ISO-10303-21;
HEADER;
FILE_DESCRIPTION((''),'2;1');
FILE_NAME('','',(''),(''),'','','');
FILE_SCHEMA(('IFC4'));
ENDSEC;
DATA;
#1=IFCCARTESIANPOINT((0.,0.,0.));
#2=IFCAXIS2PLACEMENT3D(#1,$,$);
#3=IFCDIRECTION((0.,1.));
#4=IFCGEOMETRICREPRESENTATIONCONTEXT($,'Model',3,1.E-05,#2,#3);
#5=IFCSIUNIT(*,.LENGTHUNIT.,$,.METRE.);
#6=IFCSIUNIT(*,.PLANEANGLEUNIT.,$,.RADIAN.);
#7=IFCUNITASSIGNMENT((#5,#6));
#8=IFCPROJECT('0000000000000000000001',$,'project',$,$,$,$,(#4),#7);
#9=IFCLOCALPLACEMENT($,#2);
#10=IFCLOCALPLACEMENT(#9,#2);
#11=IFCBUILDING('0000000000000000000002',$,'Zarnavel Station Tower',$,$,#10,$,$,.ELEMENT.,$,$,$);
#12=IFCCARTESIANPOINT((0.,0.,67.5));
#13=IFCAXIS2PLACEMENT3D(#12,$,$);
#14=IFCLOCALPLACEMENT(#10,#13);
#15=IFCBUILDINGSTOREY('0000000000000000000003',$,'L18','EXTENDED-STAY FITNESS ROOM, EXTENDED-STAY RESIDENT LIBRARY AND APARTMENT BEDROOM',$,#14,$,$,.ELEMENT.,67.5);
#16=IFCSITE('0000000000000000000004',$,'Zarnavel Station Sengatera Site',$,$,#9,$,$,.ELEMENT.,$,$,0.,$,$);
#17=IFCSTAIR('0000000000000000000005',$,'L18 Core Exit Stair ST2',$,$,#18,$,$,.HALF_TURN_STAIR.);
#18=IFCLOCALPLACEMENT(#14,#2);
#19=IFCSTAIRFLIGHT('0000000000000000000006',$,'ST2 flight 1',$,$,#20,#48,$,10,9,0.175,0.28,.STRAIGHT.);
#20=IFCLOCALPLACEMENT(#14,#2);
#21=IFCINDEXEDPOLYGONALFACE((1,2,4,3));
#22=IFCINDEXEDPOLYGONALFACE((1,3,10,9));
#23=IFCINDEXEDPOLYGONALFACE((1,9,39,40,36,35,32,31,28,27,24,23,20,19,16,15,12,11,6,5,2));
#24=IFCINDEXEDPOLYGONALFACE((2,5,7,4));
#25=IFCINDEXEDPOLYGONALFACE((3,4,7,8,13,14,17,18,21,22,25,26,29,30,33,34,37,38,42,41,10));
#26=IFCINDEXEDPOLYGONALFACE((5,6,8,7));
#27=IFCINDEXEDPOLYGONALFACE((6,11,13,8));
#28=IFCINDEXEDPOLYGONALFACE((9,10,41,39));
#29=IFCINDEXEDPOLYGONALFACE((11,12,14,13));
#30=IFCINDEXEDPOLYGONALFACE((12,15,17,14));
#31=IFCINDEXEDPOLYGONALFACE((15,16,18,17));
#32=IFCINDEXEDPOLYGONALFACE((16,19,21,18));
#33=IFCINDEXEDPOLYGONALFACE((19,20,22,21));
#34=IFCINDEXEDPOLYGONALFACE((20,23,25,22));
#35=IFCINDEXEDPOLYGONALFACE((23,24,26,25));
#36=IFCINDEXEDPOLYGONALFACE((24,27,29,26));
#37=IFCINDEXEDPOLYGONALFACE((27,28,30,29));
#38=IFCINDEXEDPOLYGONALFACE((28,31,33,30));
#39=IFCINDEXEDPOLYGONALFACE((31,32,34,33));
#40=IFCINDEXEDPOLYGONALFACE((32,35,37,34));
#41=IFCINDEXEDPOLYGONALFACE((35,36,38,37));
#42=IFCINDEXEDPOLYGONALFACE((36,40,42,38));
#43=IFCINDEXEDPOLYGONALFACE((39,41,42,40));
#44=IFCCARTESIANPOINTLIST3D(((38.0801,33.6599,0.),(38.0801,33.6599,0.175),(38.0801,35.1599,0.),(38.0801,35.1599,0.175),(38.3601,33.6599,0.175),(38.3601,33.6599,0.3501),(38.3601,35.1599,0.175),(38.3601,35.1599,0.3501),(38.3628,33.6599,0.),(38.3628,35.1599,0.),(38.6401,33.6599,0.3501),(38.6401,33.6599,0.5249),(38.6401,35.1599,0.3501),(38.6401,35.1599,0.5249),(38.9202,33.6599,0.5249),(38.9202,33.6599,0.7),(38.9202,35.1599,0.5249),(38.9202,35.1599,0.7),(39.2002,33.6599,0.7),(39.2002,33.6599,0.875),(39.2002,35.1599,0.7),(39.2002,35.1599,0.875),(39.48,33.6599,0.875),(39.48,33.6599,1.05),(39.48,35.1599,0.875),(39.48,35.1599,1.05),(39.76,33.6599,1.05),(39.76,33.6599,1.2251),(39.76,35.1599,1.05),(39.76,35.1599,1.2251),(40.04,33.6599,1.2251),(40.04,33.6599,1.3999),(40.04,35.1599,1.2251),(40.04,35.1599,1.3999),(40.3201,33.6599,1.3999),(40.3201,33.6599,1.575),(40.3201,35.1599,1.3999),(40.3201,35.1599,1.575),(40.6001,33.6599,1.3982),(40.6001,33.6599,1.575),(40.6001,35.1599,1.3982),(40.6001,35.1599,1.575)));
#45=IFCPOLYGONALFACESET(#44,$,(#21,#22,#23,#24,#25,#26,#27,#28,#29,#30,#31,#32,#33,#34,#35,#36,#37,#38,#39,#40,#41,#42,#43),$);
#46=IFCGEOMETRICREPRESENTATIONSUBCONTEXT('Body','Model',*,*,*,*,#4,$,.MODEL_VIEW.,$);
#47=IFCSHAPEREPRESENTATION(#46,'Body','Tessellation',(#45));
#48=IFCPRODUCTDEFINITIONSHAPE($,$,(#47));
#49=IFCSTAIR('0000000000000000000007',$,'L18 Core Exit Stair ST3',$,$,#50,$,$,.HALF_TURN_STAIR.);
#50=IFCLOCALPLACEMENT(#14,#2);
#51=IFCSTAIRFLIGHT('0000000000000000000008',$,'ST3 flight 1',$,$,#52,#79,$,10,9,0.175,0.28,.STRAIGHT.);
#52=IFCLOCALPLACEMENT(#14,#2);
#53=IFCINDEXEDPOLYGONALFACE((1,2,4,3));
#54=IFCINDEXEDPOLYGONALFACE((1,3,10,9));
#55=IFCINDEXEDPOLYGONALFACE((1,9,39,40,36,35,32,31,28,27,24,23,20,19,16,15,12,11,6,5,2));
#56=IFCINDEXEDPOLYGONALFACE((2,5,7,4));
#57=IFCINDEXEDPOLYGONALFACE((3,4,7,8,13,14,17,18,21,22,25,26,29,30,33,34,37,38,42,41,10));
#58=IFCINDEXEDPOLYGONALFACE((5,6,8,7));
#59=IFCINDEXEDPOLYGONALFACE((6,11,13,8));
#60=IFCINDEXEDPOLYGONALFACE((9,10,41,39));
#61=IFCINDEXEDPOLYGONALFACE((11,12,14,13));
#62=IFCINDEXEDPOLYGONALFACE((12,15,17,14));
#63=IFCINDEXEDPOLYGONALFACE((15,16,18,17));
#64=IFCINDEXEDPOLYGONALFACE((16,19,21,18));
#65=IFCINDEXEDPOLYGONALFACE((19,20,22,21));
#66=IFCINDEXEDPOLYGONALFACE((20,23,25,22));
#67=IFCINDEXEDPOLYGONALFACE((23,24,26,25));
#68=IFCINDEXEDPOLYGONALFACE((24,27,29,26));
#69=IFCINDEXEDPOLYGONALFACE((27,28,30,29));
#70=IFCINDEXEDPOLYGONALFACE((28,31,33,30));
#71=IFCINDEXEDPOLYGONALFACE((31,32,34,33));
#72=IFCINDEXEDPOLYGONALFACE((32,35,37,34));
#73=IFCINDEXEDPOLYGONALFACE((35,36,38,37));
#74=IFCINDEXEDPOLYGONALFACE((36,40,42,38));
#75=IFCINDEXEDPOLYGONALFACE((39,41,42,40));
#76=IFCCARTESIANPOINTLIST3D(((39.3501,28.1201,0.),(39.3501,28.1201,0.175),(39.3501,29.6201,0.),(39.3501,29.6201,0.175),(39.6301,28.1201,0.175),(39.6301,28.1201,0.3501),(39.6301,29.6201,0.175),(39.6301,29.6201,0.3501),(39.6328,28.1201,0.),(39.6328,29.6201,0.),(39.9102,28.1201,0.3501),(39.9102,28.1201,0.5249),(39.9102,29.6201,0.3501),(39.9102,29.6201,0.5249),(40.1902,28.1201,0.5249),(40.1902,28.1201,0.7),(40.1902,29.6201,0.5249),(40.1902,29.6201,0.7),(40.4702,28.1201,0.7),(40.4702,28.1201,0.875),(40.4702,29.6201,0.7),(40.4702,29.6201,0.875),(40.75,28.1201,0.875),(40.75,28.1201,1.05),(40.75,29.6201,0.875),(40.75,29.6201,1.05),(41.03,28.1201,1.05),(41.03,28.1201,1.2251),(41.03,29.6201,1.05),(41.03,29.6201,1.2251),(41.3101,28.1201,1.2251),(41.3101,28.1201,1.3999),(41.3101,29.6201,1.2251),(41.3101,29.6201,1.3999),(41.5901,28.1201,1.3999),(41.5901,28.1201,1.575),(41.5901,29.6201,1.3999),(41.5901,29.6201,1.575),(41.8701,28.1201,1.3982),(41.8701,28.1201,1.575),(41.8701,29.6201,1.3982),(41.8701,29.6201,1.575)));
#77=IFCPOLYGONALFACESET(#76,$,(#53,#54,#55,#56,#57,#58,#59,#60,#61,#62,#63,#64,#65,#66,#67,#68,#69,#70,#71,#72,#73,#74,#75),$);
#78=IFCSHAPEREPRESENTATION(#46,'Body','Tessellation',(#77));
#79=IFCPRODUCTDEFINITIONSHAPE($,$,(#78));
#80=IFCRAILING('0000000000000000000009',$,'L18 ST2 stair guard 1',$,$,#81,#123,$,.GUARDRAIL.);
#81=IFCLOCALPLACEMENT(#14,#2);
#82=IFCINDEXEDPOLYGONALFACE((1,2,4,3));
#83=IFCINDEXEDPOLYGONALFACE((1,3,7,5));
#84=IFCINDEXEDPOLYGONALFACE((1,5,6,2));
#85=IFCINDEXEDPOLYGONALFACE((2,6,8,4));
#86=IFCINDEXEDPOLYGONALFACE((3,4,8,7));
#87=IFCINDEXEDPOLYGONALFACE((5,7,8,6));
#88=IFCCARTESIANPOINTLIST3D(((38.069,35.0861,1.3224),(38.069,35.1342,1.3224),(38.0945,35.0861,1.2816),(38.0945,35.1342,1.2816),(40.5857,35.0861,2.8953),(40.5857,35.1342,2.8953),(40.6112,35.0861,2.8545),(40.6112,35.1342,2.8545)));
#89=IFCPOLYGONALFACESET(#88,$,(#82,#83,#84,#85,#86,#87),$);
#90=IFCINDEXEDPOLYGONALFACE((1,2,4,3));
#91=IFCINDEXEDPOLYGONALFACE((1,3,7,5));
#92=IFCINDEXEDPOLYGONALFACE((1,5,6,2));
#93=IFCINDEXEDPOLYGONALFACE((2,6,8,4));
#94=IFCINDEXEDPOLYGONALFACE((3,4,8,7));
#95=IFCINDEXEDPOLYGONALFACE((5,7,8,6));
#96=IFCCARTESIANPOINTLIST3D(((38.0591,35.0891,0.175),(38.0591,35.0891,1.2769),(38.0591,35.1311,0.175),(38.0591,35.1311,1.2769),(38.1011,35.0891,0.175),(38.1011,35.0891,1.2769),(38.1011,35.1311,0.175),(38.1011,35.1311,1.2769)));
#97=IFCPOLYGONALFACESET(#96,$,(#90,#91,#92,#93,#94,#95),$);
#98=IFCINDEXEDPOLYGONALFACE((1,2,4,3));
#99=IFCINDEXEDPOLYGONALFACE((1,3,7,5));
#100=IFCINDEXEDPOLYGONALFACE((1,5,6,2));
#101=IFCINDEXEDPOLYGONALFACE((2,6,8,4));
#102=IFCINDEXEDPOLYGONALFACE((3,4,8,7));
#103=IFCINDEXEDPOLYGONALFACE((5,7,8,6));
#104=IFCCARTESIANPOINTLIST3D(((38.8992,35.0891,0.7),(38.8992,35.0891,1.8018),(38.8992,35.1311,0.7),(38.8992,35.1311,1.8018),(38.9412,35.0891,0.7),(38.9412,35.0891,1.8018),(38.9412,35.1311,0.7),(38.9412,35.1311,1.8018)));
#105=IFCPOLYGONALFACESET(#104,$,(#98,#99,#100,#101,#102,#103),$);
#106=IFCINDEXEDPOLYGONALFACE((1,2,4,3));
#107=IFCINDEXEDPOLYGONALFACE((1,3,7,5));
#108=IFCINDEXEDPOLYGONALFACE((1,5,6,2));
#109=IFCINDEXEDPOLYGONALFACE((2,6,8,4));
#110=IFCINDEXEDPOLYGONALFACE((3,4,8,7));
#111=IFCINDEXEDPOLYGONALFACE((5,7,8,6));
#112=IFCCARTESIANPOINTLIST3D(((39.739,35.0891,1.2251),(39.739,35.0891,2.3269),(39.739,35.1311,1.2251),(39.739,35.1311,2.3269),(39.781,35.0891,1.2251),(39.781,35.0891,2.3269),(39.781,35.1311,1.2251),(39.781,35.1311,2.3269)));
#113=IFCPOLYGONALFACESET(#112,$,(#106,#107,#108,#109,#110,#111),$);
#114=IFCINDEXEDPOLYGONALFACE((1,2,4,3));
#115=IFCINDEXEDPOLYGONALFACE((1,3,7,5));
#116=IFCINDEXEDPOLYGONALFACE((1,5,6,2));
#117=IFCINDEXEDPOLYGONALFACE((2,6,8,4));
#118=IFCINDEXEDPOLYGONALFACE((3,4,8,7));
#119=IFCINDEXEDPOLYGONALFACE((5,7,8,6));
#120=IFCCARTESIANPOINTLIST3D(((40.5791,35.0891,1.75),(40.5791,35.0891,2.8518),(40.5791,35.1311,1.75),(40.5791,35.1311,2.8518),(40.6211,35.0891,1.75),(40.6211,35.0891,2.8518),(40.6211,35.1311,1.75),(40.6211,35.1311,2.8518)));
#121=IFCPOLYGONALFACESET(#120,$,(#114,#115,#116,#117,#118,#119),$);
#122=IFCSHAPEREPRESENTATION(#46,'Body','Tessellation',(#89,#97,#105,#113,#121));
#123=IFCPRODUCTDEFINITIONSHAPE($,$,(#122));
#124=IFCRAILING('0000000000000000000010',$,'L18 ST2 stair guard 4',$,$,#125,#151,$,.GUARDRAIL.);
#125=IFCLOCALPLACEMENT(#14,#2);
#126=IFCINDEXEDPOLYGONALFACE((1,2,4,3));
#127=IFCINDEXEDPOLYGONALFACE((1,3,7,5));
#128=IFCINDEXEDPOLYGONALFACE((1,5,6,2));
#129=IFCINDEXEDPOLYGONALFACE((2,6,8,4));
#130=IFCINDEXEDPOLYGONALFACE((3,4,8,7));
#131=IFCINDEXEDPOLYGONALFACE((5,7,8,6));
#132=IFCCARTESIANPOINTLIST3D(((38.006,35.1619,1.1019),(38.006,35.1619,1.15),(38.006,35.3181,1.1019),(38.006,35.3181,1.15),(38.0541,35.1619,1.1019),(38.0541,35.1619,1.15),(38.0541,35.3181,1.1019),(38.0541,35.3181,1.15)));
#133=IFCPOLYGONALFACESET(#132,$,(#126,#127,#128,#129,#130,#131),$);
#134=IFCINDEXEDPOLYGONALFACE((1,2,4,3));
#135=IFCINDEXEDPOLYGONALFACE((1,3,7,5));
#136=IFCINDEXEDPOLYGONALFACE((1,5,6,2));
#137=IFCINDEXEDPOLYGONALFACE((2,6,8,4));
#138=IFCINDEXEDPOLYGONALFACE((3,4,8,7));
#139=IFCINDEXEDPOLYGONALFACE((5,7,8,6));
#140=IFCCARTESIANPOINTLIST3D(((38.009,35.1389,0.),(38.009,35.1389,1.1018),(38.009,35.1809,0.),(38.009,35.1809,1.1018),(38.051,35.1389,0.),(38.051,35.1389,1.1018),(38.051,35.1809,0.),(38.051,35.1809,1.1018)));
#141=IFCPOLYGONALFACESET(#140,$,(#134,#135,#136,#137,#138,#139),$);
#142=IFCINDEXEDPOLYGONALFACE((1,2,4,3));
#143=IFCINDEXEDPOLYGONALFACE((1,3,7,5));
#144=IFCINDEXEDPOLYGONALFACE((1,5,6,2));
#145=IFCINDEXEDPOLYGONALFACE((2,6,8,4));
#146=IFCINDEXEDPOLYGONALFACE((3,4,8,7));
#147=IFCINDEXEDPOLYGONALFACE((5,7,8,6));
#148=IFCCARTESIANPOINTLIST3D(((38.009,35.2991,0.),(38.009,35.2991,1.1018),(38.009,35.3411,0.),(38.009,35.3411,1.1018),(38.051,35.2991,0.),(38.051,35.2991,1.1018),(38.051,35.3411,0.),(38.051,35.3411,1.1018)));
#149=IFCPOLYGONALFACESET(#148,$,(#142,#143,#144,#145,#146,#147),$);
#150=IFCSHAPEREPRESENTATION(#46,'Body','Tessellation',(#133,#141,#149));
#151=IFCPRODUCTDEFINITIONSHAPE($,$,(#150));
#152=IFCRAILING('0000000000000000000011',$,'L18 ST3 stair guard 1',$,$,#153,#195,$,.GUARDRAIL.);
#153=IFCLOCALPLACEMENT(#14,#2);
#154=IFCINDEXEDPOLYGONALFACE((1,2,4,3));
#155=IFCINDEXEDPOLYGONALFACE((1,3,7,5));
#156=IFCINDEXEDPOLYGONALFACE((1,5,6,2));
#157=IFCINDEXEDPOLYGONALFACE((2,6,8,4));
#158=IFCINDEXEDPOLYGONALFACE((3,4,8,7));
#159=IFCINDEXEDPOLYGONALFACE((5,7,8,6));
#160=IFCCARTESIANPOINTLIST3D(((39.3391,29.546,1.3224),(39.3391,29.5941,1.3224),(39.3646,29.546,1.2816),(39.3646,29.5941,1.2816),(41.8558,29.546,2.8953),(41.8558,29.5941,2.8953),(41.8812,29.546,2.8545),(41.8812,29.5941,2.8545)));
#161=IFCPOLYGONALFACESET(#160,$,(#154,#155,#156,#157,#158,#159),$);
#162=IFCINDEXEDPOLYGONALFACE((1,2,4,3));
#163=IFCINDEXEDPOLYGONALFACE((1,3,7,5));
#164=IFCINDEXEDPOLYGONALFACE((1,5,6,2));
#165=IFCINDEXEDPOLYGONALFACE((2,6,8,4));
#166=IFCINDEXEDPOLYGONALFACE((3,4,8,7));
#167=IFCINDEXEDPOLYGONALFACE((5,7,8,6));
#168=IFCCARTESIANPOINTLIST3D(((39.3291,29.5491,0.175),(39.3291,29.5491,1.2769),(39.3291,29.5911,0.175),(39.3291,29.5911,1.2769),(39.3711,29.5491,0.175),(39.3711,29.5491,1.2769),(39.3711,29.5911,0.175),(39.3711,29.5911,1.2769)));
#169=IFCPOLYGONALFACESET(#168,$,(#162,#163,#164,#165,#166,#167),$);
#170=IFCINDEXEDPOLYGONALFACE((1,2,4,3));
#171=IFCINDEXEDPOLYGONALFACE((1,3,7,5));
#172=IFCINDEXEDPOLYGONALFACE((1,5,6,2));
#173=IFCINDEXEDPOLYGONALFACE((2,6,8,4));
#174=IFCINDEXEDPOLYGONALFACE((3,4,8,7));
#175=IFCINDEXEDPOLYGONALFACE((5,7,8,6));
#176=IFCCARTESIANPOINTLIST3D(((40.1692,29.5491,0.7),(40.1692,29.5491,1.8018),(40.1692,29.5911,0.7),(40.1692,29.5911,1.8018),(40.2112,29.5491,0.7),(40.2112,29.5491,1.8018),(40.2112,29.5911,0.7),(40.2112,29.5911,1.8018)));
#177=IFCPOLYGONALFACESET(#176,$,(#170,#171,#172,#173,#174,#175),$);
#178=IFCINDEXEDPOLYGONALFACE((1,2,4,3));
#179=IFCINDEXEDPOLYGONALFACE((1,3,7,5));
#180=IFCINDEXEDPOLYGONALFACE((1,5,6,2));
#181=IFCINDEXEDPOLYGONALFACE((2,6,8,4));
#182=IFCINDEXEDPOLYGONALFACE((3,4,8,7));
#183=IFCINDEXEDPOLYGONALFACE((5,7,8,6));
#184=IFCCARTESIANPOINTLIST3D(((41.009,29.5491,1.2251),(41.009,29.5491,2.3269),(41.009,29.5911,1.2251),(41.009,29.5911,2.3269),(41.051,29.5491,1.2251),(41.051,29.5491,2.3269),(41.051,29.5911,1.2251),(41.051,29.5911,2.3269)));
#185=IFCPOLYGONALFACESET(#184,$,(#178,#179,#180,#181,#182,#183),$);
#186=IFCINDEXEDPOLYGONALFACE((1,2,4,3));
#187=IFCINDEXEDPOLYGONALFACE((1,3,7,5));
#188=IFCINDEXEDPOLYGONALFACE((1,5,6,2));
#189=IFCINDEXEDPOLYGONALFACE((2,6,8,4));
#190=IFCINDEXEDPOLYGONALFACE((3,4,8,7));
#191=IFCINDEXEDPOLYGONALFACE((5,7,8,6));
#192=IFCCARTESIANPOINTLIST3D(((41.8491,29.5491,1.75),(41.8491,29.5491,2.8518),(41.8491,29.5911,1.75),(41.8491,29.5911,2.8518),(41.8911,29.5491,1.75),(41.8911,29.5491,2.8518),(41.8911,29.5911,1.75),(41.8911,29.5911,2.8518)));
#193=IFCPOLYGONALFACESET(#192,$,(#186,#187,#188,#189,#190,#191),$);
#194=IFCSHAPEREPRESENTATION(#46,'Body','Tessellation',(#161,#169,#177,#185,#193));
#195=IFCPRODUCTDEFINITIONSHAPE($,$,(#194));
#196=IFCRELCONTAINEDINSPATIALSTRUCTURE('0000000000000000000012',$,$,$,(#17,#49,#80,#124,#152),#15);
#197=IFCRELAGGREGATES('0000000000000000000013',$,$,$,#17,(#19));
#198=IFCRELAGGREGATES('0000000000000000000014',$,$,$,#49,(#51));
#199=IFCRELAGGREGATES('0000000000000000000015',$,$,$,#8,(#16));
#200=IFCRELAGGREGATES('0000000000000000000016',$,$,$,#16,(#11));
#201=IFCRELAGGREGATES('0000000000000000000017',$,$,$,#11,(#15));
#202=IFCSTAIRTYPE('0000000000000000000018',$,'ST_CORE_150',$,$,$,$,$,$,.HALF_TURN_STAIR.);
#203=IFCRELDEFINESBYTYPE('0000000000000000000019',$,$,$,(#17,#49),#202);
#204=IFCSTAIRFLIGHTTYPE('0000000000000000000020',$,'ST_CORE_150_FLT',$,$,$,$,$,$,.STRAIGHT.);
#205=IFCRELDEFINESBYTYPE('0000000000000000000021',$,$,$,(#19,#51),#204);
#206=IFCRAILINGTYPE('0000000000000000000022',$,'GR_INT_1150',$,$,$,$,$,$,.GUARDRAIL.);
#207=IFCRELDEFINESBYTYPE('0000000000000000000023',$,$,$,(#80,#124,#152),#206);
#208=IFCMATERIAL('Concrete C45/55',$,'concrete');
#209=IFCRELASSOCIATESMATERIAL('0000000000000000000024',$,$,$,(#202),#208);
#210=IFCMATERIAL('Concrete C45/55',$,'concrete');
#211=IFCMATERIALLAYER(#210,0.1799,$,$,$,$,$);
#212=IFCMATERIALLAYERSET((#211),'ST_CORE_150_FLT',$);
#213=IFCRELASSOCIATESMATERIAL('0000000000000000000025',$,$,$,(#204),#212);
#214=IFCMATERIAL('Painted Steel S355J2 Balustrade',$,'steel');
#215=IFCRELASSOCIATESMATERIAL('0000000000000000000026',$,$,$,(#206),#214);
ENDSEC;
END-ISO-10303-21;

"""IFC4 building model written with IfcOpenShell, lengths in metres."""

from ifc_helpers import new_model, si_unit, direction, frame, origin, origin_2d, place, context, subcontext, project, spatial, polyline, rectangle, outline, extrude, material, layer, layer_set, type_object, element, aggregate, save


model = new_model("IFC4")

# Units and contexts
model_context = context("Model", 3, precision=1e-05, world=origin(), true_north=direction((0.0, 1.0)))
body_context = subcontext(model_context, "Body", "Model", "MODEL_VIEW")
ifc_project = project(units=[si_unit("LENGTHUNIT", "METRE"), si_unit("PLANEANGLEUNIT", "RADIAN")], contexts=[model_context])

# Site, building, storey
site_placement = place(None, origin())
site = spatial("IfcSite", under=ifc_project, at=site_placement, Name="Zarnavel Station Sengatera Site", CompositionType="ELEMENT", RefElevation=0.0)
building_placement = place(site_placement, origin())
building = spatial("IfcBuilding", under=site, at=building_placement, Name="Zarnavel Station Tower", CompositionType="ELEMENT")
storey_placement = place(building_placement, frame((0.0, 0.0, 67.5)))
storey = spatial("IfcBuildingStorey", under=building, at=storey_placement, Name="L18", Description="EXTENDED-STAY FITNESS ROOM, EXTENDED-STAY RESIDENT LIBRARY AND APARTMENT BEDROOM", CompositionType="ELEMENT", Elevation=67.5)

# Stairs, stair flights
ifc_material_1 = material(Name="Concrete C45/55", Category="concrete")
stair_type = type_object("IfcStairType", Name="ST_CORE_150", PredefinedType="HALF_TURN_STAIR", material=ifc_material_1)
stair_1_placement = place(storey_placement, origin())
stair_1 = element("IfcStair", 1, at=stair_1_placement, inside=storey, type_object=stair_type, Name="L18 Core Exit Stair ST2", PredefinedType="HALF_TURN_STAIR")
ifc_material_2 = material(Name="Concrete C45/55", Category="concrete")
ifc_layer_1 = layer(ifc_material_2, 0.1799)
ifc_layer_set_1 = layer_set([ifc_layer_1], Name="ST_CORE_150_FLT")
stair_flight_type = type_object("IfcStairFlightType", Name="ST_CORE_150_FLT", PredefinedType="STRAIGHT", material=ifc_layer_set_1)
stair_flight_1_placement = place(storey_placement, frame((38.0801, 34.4099, 0.0), z_axis=(0.0, 0.0, 1.0), x_axis=(1.0, 0.0, 0.0)))
stair_flight_1 = element("IfcStairFlight", 2, at=stair_flight_1_placement, type_object=stair_flight_type, Name="ST2 flight 1", NumberOfRisers=10, NumberOfTreads=9, PredefinedType="STRAIGHT", RiserHeight=0.175, TreadLength=0.28, context=body_context, shape_type="SweptSolid", body=[
    extrude(outline(polyline([(0.0, 0.0), (0.0, 0.175), (0.28, 0.175), (0.28, 0.3501), (0.5601, 0.3501), (0.5601, 0.5249), (0.8401, 0.5249), (0.8401, 0.7), (1.1201, 0.7), (1.1201, 0.875), (1.3999, 0.875), (1.3999, 1.05), (1.6799, 1.05), (1.6799, 1.2251), (1.96, 1.2251), (1.96, 1.3999), (2.24, 1.3999), (2.24, 1.575), (2.52, 1.575), (2.52, 1.75), (2.52, 1.3982), (0.2827, 0.0), (0.0, 0.0)])), frame((0.0, 0.75, 0.0), z_axis=(0.0, -1.0, 0.0), x_axis=(1.0, 0.0, 0.0)), (0.0, 0.0, 1.0), 1.5),
])
aggregate(stair_1, [stair_flight_1])
stair_2_placement = place(storey_placement, origin())
stair_2 = element("IfcStair", 3, at=stair_2_placement, inside=storey, type_object=stair_type, Name="L18 Core Exit Stair ST3", PredefinedType="HALF_TURN_STAIR")
stair_flight_2_placement = place(storey_placement, frame((39.3501, 28.8701, 0.0), z_axis=(0.0, 0.0, 1.0), x_axis=(1.0, 0.0, 0.0)))
stair_flight_2 = element("IfcStairFlight", 4, at=stair_flight_2_placement, type_object=stair_flight_type, Name="ST3 flight 1", NumberOfRisers=10, NumberOfTreads=9, PredefinedType="STRAIGHT", RiserHeight=0.175, TreadLength=0.28, context=body_context, shape_type="SweptSolid", body=[
    extrude(outline(polyline([(0.0, 0.0), (0.0, 0.175), (0.28, 0.175), (0.28, 0.3501), (0.5601, 0.3501), (0.5601, 0.5249), (0.8401, 0.5249), (0.8401, 0.7), (1.1201, 0.7), (1.1201, 0.875), (1.3999, 0.875), (1.3999, 1.05), (1.6799, 1.05), (1.6799, 1.2251), (1.96, 1.2251), (1.96, 1.3999), (2.24, 1.3999), (2.24, 1.575), (2.52, 1.575), (2.52, 1.75), (2.52, 1.3982), (0.2827, 0.0), (0.0, 0.0)])), frame((0.0, 0.75, 0.0), z_axis=(0.0, -1.0, 0.0), x_axis=(1.0, 0.0, 0.0)), (0.0, 0.0, 1.0), 1.5),
])
aggregate(stair_2, [stair_flight_2])

# Railings
ifc_material_3 = material(Name="Painted Steel S355J2 Balustrade", Category="steel")
railing_type_1 = type_object("IfcRailingType", Name="GR_INT_1150", PredefinedType="GUARDRAIL", material=ifc_material_3)
railing_1_placement = place(storey_placement, frame((38.0801, 35.1101, 0.175)))
element("IfcRailing", 5, at=railing_1_placement, inside=storey, type_object=railing_type_1, Name="L18 ST2 stair guard 1", PredefinedType="GUARDRAIL", context=body_context, shape_type="SweptSolid", body=[
    extrude(rectangle(XDim=0.0481, YDim=0.0481, at=origin_2d()), frame((0.0017, 0.0, 1.127), z_axis=(0.848008, 0.0, 0.529984), x_axis=(0.0, 1.0, 0.0)), (0.0, 0.0, 1.0), 2.9678),
    extrude(rectangle(XDim=0.042, YDim=0.042, at=origin_2d()), origin(), (0.0, 0.0, 1.0), 1.1018),
    extrude(rectangle(XDim=0.042, YDim=0.042, at=origin_2d()), frame((0.8401, 0.0, 0.5249)), (0.0, 0.0, 1.0), 1.1018),
    extrude(rectangle(XDim=0.042, YDim=0.042, at=origin_2d()), frame((1.6799, 0.0, 1.05)), (0.0, 0.0, 1.0), 1.1018),
    extrude(rectangle(XDim=0.042, YDim=0.042, at=origin_2d()), frame((2.52, 0.0, 1.575)), (0.0, 0.0, 1.0), 1.1018),
])
railing_2_placement = place(storey_placement, frame((38.03, 35.1599, 0.0)))
element("IfcRailing", 6, at=railing_2_placement, inside=storey, type_object=railing_type_1, Name="L18 ST2 stair guard 4", PredefinedType="GUARDRAIL", context=body_context, shape_type="SweptSolid", body=[
    extrude(rectangle(XDim=0.0481, YDim=0.0481, at=origin_2d()), frame((0.0, 0.002, 1.126), z_axis=(0.0, 1.0, 0.0), x_axis=(-1.0, 0.0, 0.0)), (0.0, 0.0, 1.0), 0.1562),
    extrude(rectangle(XDim=0.042, YDim=0.042, at=origin_2d()), origin(), (0.0, 0.0, 1.0), 1.1018),
    extrude(rectangle(XDim=0.042, YDim=0.042, at=origin_2d()), frame((0.0, 0.1602, 0.0)), (0.0, 0.0, 1.0), 1.1018),
])
railing_3_placement = place(storey_placement, frame((39.3501, 29.5701, 0.175)))
element("IfcRailing", 7, at=railing_3_placement, inside=storey, type_object=railing_type_1, Name="L18 ST3 stair guard 1", PredefinedType="GUARDRAIL", context=body_context, shape_type="SweptSolid", body=[
    extrude(rectangle(XDim=0.0481, YDim=0.0481, at=origin_2d()), frame((0.0017, 0.0, 1.127), z_axis=(0.848008, 0.0, 0.529984), x_axis=(0.0, 1.0, 0.0)), (0.0, 0.0, 1.0), 2.9678),
    extrude(rectangle(XDim=0.042, YDim=0.042, at=origin_2d()), origin(), (0.0, 0.0, 1.0), 1.1018),
    extrude(rectangle(XDim=0.042, YDim=0.042, at=origin_2d()), frame((0.8401, 0.0, 0.5249)), (0.0, 0.0, 1.0), 1.1018),
    extrude(rectangle(XDim=0.042, YDim=0.042, at=origin_2d()), frame((1.6799, 0.0, 1.05)), (0.0, 0.0, 1.0), 1.1018),
    extrude(rectangle(XDim=0.042, YDim=0.042, at=origin_2d()), frame((2.52, 0.0, 1.575)), (0.0, 0.0, 1.0), 1.1018),
])

save(model, "model.ifc")
